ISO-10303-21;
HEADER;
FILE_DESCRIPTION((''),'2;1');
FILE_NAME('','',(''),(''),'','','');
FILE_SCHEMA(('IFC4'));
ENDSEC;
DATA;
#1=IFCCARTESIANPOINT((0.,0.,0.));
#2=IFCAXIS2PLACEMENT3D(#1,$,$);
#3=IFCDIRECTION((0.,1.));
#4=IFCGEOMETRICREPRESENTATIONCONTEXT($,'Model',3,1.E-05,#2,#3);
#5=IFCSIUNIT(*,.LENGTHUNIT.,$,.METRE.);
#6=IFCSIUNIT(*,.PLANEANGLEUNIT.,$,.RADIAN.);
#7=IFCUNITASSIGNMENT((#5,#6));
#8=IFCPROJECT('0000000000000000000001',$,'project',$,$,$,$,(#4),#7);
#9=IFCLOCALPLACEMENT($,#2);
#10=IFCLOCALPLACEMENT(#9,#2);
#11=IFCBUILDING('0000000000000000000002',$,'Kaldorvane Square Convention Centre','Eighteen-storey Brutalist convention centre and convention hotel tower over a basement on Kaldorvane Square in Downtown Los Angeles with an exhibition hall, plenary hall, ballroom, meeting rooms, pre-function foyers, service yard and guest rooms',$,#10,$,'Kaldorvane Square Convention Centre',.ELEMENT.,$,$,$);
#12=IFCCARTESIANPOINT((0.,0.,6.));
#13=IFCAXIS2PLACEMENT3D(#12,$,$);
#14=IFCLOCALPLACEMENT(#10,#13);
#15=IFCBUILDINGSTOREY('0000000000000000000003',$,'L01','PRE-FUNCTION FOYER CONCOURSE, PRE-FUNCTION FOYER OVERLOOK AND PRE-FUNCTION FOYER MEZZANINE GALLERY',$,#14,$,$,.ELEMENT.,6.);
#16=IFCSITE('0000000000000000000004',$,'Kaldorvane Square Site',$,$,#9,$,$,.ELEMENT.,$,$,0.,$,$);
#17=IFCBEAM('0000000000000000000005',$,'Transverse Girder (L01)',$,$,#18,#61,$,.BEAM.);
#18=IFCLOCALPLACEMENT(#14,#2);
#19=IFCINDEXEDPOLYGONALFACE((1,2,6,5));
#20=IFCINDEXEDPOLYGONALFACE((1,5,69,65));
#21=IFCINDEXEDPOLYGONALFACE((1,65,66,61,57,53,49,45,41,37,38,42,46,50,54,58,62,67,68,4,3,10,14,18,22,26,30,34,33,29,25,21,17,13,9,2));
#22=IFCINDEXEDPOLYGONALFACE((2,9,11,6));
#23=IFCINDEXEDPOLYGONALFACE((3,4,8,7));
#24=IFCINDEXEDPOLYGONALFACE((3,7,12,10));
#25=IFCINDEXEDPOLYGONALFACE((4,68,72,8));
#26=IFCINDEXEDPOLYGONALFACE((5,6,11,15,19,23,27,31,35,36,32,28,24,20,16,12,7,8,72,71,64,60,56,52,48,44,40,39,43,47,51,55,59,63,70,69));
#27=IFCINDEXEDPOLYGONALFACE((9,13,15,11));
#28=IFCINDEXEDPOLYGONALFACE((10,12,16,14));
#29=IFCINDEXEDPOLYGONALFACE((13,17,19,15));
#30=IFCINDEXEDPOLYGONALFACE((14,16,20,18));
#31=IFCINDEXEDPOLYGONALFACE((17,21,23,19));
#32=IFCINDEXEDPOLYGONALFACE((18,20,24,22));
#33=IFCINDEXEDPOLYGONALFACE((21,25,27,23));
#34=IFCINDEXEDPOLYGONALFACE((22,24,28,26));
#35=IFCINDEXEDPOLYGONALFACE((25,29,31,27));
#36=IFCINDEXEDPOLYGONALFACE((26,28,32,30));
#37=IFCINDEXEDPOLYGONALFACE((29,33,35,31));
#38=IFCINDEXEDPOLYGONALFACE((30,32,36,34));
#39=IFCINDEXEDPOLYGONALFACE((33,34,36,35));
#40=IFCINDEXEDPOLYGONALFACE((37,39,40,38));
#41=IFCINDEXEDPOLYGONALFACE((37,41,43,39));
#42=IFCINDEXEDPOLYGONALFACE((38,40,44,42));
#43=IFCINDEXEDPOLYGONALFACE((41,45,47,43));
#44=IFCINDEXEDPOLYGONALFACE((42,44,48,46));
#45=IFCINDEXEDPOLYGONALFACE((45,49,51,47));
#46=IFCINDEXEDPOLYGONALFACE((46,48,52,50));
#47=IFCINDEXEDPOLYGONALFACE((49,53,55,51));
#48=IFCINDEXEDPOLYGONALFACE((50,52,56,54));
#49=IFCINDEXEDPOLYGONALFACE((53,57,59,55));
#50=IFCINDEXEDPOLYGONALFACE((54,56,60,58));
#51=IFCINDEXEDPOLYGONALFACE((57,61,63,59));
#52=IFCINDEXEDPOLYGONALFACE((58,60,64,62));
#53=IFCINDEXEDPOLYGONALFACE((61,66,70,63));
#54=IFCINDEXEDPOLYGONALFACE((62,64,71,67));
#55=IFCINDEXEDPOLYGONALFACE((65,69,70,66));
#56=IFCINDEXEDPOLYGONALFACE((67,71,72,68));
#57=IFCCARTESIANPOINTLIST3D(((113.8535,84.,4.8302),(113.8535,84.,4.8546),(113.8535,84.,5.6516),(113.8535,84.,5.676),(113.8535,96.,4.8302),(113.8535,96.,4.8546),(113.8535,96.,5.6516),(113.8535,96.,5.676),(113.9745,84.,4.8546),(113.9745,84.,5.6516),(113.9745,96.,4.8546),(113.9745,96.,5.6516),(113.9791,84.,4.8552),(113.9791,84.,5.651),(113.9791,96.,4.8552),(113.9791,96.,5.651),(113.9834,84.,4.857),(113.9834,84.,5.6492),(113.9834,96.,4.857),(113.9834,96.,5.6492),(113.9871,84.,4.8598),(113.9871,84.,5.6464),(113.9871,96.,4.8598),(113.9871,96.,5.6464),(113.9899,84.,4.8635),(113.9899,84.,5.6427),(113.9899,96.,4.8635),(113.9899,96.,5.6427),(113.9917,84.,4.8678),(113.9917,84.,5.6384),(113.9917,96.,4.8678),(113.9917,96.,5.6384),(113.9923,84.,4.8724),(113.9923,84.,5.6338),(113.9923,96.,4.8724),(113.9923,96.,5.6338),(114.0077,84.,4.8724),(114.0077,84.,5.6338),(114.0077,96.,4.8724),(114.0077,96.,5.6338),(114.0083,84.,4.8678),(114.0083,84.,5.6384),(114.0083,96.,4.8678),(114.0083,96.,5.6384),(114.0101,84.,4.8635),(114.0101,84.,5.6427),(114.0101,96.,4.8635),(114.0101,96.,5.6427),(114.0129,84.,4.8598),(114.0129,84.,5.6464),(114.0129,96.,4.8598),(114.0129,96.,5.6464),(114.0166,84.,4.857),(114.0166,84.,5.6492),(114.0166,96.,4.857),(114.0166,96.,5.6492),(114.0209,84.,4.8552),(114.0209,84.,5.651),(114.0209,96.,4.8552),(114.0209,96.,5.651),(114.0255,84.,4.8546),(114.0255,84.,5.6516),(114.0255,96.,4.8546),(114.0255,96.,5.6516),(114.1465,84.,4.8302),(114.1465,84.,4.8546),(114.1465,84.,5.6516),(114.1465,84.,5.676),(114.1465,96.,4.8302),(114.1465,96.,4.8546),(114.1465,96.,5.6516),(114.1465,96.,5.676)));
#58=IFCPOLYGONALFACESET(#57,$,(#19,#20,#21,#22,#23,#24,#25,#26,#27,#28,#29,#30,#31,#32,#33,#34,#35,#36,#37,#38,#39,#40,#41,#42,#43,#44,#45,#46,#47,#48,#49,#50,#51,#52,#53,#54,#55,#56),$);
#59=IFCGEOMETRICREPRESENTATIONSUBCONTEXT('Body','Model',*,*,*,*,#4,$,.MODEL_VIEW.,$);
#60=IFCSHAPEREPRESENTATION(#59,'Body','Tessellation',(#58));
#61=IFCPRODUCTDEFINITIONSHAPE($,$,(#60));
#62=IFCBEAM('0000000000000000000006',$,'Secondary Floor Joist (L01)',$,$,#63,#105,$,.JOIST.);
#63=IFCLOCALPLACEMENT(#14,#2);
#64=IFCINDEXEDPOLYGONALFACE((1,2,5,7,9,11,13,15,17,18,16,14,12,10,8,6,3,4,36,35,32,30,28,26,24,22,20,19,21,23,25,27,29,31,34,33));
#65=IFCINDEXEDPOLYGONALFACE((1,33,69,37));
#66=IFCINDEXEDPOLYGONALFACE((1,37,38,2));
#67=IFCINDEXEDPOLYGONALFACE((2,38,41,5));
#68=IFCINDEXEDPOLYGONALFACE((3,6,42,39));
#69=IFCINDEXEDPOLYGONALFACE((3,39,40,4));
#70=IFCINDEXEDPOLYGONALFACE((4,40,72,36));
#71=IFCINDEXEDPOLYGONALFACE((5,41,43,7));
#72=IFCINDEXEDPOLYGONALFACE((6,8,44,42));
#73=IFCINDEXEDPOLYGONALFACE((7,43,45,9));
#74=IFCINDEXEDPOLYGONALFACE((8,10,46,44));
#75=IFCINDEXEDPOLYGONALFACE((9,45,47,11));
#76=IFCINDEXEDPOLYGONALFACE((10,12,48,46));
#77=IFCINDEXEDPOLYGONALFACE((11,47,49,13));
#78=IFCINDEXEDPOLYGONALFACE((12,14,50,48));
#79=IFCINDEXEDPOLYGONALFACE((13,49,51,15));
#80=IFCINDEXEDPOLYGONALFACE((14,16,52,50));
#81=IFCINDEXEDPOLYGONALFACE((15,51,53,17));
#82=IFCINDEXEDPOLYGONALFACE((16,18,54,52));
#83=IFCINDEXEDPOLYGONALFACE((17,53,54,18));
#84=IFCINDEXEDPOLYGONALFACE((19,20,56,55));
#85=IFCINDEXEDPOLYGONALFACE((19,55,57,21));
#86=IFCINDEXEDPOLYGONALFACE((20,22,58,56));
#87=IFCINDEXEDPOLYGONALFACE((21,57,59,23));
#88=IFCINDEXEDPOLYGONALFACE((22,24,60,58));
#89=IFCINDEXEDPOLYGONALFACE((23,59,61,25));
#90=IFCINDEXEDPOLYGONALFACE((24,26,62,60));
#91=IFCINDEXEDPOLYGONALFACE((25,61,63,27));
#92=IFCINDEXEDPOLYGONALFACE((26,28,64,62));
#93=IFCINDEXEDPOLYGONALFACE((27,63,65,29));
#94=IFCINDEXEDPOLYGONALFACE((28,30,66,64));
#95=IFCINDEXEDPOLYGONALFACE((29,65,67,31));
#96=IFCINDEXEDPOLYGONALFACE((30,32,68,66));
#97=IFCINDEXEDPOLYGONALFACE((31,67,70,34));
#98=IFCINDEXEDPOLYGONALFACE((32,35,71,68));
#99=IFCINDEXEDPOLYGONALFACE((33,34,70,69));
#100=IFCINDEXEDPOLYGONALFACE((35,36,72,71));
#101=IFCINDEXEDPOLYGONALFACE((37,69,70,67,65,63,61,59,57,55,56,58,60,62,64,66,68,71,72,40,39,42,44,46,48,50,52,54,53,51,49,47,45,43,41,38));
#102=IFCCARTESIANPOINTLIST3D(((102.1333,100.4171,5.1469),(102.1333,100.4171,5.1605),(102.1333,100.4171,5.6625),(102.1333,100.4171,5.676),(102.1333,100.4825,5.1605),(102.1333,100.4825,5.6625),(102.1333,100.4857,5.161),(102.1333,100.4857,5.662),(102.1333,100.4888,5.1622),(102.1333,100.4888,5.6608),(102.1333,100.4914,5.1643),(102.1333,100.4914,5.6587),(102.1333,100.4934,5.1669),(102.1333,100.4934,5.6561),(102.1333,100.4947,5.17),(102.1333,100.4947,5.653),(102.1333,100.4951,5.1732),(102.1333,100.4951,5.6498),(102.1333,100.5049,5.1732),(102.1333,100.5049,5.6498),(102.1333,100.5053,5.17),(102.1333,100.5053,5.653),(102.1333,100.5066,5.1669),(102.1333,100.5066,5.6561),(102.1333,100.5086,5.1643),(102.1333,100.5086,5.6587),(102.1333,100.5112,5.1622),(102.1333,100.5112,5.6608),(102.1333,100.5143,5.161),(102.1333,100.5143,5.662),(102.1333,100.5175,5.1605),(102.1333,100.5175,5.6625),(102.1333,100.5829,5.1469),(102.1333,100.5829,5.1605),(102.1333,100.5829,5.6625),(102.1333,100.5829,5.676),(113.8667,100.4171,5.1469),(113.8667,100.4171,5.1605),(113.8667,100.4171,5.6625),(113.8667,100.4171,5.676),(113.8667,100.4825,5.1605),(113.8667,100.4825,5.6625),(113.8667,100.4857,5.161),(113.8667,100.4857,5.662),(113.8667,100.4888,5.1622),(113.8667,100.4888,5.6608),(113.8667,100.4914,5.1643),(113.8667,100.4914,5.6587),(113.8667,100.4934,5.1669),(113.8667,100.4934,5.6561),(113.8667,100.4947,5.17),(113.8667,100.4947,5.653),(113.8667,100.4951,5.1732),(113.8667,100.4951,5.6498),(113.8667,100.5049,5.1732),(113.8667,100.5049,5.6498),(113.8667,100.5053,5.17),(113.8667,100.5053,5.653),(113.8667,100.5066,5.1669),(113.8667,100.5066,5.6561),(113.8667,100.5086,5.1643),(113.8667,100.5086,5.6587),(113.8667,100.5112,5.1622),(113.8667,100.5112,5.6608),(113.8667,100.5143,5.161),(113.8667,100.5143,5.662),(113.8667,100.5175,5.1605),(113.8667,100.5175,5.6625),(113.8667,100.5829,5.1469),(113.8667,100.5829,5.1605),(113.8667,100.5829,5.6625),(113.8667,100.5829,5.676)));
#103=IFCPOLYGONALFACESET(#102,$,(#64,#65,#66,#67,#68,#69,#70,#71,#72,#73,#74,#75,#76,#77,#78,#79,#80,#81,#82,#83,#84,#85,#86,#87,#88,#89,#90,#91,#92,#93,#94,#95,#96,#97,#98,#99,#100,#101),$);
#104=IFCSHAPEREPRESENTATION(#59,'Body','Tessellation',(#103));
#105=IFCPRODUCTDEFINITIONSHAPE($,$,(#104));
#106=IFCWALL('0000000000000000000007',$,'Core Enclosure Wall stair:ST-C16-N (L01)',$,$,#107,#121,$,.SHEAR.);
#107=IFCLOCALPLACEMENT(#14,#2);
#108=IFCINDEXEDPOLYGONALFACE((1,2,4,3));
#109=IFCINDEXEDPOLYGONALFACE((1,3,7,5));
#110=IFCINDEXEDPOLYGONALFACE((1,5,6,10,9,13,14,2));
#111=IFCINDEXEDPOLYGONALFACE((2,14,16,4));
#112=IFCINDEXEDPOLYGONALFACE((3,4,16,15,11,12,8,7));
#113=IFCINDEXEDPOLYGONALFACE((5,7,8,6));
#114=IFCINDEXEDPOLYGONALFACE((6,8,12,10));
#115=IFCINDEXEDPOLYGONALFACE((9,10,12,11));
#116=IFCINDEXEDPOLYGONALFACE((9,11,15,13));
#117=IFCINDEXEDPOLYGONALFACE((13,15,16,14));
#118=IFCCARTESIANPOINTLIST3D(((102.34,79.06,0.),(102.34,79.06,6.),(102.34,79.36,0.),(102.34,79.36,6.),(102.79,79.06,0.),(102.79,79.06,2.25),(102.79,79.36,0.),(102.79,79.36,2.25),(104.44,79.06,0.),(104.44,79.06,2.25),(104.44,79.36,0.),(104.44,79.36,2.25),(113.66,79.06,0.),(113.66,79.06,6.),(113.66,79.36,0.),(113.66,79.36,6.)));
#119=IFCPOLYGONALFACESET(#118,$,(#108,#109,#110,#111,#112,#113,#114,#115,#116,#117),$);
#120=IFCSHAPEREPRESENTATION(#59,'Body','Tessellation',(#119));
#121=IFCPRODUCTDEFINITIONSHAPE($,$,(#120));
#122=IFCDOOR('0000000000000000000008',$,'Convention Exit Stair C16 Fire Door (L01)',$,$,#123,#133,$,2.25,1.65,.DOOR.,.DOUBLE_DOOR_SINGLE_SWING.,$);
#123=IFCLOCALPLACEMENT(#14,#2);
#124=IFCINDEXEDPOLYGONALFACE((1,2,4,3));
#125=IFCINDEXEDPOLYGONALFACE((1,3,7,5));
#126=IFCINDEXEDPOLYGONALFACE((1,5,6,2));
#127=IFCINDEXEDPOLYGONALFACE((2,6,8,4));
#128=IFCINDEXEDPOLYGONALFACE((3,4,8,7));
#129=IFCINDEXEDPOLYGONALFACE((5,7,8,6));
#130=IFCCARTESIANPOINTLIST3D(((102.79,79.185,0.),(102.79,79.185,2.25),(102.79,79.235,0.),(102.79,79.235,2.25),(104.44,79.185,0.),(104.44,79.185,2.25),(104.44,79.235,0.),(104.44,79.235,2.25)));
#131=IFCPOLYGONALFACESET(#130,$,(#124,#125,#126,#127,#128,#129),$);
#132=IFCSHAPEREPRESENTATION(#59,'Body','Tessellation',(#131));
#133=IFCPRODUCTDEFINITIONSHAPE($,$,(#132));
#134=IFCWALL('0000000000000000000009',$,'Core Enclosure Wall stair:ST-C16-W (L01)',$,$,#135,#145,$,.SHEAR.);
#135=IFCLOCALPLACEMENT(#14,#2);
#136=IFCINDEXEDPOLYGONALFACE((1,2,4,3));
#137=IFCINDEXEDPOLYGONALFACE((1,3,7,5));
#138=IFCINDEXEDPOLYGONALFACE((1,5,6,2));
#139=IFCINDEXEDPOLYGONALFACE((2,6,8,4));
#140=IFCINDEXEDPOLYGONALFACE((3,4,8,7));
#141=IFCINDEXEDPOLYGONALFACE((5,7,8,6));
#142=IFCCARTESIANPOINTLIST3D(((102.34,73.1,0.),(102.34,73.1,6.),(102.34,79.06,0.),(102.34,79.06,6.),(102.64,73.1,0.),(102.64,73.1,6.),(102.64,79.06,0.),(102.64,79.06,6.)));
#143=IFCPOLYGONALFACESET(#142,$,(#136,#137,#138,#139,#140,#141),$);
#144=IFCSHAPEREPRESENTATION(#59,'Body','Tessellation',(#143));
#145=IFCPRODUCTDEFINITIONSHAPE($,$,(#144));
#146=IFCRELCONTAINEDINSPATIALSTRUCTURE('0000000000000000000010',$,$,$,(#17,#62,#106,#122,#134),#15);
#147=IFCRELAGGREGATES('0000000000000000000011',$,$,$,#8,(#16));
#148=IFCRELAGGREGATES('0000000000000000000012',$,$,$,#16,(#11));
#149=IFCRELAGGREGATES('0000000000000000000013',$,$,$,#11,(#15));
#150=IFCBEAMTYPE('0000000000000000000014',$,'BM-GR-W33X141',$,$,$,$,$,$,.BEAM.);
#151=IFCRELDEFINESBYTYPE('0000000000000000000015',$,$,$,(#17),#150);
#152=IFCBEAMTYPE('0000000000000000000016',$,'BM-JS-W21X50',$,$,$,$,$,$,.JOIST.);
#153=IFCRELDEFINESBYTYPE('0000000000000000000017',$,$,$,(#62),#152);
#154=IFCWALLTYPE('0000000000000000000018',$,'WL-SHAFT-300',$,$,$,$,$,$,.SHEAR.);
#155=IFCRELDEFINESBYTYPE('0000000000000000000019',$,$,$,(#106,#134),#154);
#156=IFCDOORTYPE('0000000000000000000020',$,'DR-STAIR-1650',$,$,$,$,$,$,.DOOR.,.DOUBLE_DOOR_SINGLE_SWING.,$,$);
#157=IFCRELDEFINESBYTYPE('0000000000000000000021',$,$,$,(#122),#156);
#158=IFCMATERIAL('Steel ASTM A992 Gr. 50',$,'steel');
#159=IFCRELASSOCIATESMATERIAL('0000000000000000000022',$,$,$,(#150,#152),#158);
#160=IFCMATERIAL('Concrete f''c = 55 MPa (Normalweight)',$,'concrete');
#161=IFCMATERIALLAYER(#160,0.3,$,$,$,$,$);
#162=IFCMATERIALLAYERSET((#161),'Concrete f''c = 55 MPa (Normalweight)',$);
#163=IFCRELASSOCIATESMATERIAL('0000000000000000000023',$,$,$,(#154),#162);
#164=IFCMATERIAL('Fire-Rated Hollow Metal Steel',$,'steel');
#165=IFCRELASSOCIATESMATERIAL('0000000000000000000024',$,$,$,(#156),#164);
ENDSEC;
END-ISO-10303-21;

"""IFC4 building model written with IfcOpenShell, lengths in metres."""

from ifc_helpers import new_model, si_unit, direction, frame, frame_2d, origin, origin_2d, place, context, subcontext, project, spatial, rectangle, i_section, extrude, material, layer, layer_set, material_profile, profile_set, type_object, element, fill, save


model = new_model("IFC4")

# Units and contexts
model_context = context("Model", 3, precision=1e-05, world=origin(), true_north=direction((0.0, 1.0)))
body_context = subcontext(model_context, "Body", "Model", "MODEL_VIEW")
ifc_project = project(units=[si_unit("LENGTHUNIT", "METRE"), si_unit("PLANEANGLEUNIT", "RADIAN")], contexts=[model_context])

# Site, building, storey
site_placement = place(None, origin())
site = spatial("IfcSite", under=ifc_project, at=site_placement, Name="Kaldorvane Square Site", CompositionType="ELEMENT", RefElevation=0.0)
building_placement = place(site_placement, origin())
building = spatial("IfcBuilding", under=site, at=building_placement, Name="Kaldorvane Square Convention Centre", Description="Eighteen-storey Brutalist convention centre and convention hotel tower over a basement on Kaldorvane Square in Downtown Los Angeles with an exhibition hall, plenary hall, ballroom, meeting rooms, pre-function foyers, service yard and guest rooms", LongName="Kaldorvane Square Convention Centre", CompositionType="ELEMENT")
storey_placement = place(building_placement, frame((0.0, 0.0, 6.0)))
storey = spatial("IfcBuildingStorey", under=building, at=storey_placement, Name="L01", Description="PRE-FUNCTION FOYER CONCOURSE, PRE-FUNCTION FOYER OVERLOOK AND PRE-FUNCTION FOYER MEZZANINE GALLERY", CompositionType="ELEMENT", Elevation=6.0)

# Shared definitions
ifc_material_1 = material(Name="Steel ASTM A992 Gr. 50", Category="steel")

# Beams
ifc_material_profile_1 = material_profile(ifc_material_1, i_section(OverallWidth=0.293, OverallDepth=0.8458, WebThickness=0.0154, FlangeThickness=0.0244, FilletRadius=0.0178, at=origin_2d()), Name="W33X141")
ifc_profile_set_1 = profile_set([ifc_material_profile_1], Name="Steel ASTM A992 Gr. 50")
beam_type_1 = type_object("IfcBeamType", Name="BM-GR-W33X141", PredefinedType="BEAM", material=ifc_profile_set_1)
for number, where, z_axis, x_axis, name in (
    (1, (114.0, 84.0, 5.2531), (0.0, 1.0, 0.0), (-1.0, 0.0, 0.0), "Transverse Girder (L01)"),
):
    element("IfcBeam", number, at=place(storey_placement, frame(where, z_axis=z_axis, x_axis=x_axis)), inside=storey, type_object=beam_type_1, Name=name, PredefinedType="BEAM", context=body_context, shape_type="SweptSolid", body=[
        extrude(i_section(OverallWidth=0.293, OverallDepth=0.8458, WebThickness=0.0154, FlangeThickness=0.0244, FilletRadius=0.0178, at=origin_2d()), origin(), (0.0, 0.0, 1.0), 12.0),
    ])
ifc_material_profile_2 = material_profile(ifc_material_1, i_section(OverallWidth=0.1659, OverallDepth=0.5291, WebThickness=0.0097, FlangeThickness=0.0136, FilletRadius=0.0127, at=origin_2d()), Name="W21X50")
ifc_profile_set_2 = profile_set([ifc_material_profile_2], Name="Steel ASTM A992 Gr. 50")
beam_type_2 = type_object("IfcBeamType", Name="BM-JS-W21X50", PredefinedType="JOIST", material=ifc_profile_set_2)
beam_1_placement = place(storey_placement, frame((102.1333, 100.5, 5.4115), z_axis=(1.0, 0.0, 0.0), x_axis=(0.0, 1.0, 0.0)))
element("IfcBeam", 2, at=beam_1_placement, inside=storey, type_object=beam_type_2, Name="Secondary Floor Joist (L01)", PredefinedType="JOIST", context=body_context, shape_type="SweptSolid", body=[
    extrude(i_section(OverallWidth=0.1659, OverallDepth=0.5291, WebThickness=0.0097, FlangeThickness=0.0136, FilletRadius=0.0127, at=origin_2d()), origin(), (0.0, 0.0, 1.0), 11.7334),
])

# Wall, opening, door
ifc_material_2 = material(Name="Concrete f'c = 55 MPa (Normalweight)", Category="concrete")
ifc_layer = layer(ifc_material_2, 0.3)
ifc_layer_set = layer_set([ifc_layer], Name="Concrete f'c = 55 MPa (Normalweight)")
wall_type = type_object("IfcWallType", Name="WL-SHAFT-300", PredefinedType="SHEAR", material=ifc_layer_set)
wall_1_placement = place(storey_placement, frame((113.66, 79.21, 0.0), z_axis=(0.0, 0.0, 1.0), x_axis=(-1.0, 0.0, 0.0)))
wall_1 = element("IfcWall", 3, at=wall_1_placement, inside=storey, type_object=wall_type, Name="Core Enclosure Wall stair:ST-C16-N (L01)", PredefinedType="SHEAR", context=body_context, shape_type="SweptSolid", body=[
    extrude(rectangle(XDim=11.32, YDim=0.3, at=frame_2d((5.66, 0.0))), origin(), (0.0, 0.0, 1.0), 6.0),
])
opening_placement = place(wall_1_placement, frame((9.22, 0.0, 0.0)))
opening = element("IfcOpeningElement", 4, at=opening_placement, cuts=wall_1, PredefinedType="OPENING", context=body_context, shape_type="SweptSolid", body=[
    extrude(rectangle(XDim=1.65, YDim=2.25, at=frame_2d((0.825, 1.125))), frame((0.0, 0.165, 0.0), z_axis=(0.0, -1.0, 0.0), x_axis=(1.0, 0.0, 0.0)), (0.0, 0.0, 1.0), 0.33),
])
ifc_material_3 = material(Name="Fire-Rated Hollow Metal Steel", Category="steel")
door_type = type_object("IfcDoorType", Name="DR-STAIR-1650", OperationType="DOUBLE_DOOR_SINGLE_SWING", PredefinedType="DOOR", material=ifc_material_3)
door_placement = place(opening_placement, origin())
door = element("IfcDoor", 5, at=door_placement, inside=storey, type_object=door_type, Name="Convention Exit Stair C16 Fire Door (L01)", OperationType="DOUBLE_DOOR_SINGLE_SWING", OverallHeight=2.25, OverallWidth=1.65, PredefinedType="DOOR", context=body_context, shape_type="SweptSolid", body=[
    extrude(rectangle(XDim=1.65, YDim=2.25, at=frame_2d((0.825, 1.125))), frame((0.0, 0.025, 0.0), z_axis=(0.0, -1.0, 0.0), x_axis=(1.0, 0.0, 0.0)), (0.0, 0.0, 1.0), 0.05),
])
fill(opening, door)

# Wall
wall_2_placement = place(storey_placement, frame((102.49, 79.06, 0.0), z_axis=(0.0, 0.0, 1.0), x_axis=(0.0, -1.0, 0.0)))
element("IfcWall", 6, at=wall_2_placement, inside=storey, type_object=wall_type, Name="Core Enclosure Wall stair:ST-C16-W (L01)", PredefinedType="SHEAR", context=body_context, shape_type="SweptSolid", body=[
    extrude(rectangle(XDim=5.96, YDim=0.3, at=frame_2d((2.98, 0.0))), origin(), (0.0, 0.0, 1.0), 6.0),
])

save(model, "model.ifc")
